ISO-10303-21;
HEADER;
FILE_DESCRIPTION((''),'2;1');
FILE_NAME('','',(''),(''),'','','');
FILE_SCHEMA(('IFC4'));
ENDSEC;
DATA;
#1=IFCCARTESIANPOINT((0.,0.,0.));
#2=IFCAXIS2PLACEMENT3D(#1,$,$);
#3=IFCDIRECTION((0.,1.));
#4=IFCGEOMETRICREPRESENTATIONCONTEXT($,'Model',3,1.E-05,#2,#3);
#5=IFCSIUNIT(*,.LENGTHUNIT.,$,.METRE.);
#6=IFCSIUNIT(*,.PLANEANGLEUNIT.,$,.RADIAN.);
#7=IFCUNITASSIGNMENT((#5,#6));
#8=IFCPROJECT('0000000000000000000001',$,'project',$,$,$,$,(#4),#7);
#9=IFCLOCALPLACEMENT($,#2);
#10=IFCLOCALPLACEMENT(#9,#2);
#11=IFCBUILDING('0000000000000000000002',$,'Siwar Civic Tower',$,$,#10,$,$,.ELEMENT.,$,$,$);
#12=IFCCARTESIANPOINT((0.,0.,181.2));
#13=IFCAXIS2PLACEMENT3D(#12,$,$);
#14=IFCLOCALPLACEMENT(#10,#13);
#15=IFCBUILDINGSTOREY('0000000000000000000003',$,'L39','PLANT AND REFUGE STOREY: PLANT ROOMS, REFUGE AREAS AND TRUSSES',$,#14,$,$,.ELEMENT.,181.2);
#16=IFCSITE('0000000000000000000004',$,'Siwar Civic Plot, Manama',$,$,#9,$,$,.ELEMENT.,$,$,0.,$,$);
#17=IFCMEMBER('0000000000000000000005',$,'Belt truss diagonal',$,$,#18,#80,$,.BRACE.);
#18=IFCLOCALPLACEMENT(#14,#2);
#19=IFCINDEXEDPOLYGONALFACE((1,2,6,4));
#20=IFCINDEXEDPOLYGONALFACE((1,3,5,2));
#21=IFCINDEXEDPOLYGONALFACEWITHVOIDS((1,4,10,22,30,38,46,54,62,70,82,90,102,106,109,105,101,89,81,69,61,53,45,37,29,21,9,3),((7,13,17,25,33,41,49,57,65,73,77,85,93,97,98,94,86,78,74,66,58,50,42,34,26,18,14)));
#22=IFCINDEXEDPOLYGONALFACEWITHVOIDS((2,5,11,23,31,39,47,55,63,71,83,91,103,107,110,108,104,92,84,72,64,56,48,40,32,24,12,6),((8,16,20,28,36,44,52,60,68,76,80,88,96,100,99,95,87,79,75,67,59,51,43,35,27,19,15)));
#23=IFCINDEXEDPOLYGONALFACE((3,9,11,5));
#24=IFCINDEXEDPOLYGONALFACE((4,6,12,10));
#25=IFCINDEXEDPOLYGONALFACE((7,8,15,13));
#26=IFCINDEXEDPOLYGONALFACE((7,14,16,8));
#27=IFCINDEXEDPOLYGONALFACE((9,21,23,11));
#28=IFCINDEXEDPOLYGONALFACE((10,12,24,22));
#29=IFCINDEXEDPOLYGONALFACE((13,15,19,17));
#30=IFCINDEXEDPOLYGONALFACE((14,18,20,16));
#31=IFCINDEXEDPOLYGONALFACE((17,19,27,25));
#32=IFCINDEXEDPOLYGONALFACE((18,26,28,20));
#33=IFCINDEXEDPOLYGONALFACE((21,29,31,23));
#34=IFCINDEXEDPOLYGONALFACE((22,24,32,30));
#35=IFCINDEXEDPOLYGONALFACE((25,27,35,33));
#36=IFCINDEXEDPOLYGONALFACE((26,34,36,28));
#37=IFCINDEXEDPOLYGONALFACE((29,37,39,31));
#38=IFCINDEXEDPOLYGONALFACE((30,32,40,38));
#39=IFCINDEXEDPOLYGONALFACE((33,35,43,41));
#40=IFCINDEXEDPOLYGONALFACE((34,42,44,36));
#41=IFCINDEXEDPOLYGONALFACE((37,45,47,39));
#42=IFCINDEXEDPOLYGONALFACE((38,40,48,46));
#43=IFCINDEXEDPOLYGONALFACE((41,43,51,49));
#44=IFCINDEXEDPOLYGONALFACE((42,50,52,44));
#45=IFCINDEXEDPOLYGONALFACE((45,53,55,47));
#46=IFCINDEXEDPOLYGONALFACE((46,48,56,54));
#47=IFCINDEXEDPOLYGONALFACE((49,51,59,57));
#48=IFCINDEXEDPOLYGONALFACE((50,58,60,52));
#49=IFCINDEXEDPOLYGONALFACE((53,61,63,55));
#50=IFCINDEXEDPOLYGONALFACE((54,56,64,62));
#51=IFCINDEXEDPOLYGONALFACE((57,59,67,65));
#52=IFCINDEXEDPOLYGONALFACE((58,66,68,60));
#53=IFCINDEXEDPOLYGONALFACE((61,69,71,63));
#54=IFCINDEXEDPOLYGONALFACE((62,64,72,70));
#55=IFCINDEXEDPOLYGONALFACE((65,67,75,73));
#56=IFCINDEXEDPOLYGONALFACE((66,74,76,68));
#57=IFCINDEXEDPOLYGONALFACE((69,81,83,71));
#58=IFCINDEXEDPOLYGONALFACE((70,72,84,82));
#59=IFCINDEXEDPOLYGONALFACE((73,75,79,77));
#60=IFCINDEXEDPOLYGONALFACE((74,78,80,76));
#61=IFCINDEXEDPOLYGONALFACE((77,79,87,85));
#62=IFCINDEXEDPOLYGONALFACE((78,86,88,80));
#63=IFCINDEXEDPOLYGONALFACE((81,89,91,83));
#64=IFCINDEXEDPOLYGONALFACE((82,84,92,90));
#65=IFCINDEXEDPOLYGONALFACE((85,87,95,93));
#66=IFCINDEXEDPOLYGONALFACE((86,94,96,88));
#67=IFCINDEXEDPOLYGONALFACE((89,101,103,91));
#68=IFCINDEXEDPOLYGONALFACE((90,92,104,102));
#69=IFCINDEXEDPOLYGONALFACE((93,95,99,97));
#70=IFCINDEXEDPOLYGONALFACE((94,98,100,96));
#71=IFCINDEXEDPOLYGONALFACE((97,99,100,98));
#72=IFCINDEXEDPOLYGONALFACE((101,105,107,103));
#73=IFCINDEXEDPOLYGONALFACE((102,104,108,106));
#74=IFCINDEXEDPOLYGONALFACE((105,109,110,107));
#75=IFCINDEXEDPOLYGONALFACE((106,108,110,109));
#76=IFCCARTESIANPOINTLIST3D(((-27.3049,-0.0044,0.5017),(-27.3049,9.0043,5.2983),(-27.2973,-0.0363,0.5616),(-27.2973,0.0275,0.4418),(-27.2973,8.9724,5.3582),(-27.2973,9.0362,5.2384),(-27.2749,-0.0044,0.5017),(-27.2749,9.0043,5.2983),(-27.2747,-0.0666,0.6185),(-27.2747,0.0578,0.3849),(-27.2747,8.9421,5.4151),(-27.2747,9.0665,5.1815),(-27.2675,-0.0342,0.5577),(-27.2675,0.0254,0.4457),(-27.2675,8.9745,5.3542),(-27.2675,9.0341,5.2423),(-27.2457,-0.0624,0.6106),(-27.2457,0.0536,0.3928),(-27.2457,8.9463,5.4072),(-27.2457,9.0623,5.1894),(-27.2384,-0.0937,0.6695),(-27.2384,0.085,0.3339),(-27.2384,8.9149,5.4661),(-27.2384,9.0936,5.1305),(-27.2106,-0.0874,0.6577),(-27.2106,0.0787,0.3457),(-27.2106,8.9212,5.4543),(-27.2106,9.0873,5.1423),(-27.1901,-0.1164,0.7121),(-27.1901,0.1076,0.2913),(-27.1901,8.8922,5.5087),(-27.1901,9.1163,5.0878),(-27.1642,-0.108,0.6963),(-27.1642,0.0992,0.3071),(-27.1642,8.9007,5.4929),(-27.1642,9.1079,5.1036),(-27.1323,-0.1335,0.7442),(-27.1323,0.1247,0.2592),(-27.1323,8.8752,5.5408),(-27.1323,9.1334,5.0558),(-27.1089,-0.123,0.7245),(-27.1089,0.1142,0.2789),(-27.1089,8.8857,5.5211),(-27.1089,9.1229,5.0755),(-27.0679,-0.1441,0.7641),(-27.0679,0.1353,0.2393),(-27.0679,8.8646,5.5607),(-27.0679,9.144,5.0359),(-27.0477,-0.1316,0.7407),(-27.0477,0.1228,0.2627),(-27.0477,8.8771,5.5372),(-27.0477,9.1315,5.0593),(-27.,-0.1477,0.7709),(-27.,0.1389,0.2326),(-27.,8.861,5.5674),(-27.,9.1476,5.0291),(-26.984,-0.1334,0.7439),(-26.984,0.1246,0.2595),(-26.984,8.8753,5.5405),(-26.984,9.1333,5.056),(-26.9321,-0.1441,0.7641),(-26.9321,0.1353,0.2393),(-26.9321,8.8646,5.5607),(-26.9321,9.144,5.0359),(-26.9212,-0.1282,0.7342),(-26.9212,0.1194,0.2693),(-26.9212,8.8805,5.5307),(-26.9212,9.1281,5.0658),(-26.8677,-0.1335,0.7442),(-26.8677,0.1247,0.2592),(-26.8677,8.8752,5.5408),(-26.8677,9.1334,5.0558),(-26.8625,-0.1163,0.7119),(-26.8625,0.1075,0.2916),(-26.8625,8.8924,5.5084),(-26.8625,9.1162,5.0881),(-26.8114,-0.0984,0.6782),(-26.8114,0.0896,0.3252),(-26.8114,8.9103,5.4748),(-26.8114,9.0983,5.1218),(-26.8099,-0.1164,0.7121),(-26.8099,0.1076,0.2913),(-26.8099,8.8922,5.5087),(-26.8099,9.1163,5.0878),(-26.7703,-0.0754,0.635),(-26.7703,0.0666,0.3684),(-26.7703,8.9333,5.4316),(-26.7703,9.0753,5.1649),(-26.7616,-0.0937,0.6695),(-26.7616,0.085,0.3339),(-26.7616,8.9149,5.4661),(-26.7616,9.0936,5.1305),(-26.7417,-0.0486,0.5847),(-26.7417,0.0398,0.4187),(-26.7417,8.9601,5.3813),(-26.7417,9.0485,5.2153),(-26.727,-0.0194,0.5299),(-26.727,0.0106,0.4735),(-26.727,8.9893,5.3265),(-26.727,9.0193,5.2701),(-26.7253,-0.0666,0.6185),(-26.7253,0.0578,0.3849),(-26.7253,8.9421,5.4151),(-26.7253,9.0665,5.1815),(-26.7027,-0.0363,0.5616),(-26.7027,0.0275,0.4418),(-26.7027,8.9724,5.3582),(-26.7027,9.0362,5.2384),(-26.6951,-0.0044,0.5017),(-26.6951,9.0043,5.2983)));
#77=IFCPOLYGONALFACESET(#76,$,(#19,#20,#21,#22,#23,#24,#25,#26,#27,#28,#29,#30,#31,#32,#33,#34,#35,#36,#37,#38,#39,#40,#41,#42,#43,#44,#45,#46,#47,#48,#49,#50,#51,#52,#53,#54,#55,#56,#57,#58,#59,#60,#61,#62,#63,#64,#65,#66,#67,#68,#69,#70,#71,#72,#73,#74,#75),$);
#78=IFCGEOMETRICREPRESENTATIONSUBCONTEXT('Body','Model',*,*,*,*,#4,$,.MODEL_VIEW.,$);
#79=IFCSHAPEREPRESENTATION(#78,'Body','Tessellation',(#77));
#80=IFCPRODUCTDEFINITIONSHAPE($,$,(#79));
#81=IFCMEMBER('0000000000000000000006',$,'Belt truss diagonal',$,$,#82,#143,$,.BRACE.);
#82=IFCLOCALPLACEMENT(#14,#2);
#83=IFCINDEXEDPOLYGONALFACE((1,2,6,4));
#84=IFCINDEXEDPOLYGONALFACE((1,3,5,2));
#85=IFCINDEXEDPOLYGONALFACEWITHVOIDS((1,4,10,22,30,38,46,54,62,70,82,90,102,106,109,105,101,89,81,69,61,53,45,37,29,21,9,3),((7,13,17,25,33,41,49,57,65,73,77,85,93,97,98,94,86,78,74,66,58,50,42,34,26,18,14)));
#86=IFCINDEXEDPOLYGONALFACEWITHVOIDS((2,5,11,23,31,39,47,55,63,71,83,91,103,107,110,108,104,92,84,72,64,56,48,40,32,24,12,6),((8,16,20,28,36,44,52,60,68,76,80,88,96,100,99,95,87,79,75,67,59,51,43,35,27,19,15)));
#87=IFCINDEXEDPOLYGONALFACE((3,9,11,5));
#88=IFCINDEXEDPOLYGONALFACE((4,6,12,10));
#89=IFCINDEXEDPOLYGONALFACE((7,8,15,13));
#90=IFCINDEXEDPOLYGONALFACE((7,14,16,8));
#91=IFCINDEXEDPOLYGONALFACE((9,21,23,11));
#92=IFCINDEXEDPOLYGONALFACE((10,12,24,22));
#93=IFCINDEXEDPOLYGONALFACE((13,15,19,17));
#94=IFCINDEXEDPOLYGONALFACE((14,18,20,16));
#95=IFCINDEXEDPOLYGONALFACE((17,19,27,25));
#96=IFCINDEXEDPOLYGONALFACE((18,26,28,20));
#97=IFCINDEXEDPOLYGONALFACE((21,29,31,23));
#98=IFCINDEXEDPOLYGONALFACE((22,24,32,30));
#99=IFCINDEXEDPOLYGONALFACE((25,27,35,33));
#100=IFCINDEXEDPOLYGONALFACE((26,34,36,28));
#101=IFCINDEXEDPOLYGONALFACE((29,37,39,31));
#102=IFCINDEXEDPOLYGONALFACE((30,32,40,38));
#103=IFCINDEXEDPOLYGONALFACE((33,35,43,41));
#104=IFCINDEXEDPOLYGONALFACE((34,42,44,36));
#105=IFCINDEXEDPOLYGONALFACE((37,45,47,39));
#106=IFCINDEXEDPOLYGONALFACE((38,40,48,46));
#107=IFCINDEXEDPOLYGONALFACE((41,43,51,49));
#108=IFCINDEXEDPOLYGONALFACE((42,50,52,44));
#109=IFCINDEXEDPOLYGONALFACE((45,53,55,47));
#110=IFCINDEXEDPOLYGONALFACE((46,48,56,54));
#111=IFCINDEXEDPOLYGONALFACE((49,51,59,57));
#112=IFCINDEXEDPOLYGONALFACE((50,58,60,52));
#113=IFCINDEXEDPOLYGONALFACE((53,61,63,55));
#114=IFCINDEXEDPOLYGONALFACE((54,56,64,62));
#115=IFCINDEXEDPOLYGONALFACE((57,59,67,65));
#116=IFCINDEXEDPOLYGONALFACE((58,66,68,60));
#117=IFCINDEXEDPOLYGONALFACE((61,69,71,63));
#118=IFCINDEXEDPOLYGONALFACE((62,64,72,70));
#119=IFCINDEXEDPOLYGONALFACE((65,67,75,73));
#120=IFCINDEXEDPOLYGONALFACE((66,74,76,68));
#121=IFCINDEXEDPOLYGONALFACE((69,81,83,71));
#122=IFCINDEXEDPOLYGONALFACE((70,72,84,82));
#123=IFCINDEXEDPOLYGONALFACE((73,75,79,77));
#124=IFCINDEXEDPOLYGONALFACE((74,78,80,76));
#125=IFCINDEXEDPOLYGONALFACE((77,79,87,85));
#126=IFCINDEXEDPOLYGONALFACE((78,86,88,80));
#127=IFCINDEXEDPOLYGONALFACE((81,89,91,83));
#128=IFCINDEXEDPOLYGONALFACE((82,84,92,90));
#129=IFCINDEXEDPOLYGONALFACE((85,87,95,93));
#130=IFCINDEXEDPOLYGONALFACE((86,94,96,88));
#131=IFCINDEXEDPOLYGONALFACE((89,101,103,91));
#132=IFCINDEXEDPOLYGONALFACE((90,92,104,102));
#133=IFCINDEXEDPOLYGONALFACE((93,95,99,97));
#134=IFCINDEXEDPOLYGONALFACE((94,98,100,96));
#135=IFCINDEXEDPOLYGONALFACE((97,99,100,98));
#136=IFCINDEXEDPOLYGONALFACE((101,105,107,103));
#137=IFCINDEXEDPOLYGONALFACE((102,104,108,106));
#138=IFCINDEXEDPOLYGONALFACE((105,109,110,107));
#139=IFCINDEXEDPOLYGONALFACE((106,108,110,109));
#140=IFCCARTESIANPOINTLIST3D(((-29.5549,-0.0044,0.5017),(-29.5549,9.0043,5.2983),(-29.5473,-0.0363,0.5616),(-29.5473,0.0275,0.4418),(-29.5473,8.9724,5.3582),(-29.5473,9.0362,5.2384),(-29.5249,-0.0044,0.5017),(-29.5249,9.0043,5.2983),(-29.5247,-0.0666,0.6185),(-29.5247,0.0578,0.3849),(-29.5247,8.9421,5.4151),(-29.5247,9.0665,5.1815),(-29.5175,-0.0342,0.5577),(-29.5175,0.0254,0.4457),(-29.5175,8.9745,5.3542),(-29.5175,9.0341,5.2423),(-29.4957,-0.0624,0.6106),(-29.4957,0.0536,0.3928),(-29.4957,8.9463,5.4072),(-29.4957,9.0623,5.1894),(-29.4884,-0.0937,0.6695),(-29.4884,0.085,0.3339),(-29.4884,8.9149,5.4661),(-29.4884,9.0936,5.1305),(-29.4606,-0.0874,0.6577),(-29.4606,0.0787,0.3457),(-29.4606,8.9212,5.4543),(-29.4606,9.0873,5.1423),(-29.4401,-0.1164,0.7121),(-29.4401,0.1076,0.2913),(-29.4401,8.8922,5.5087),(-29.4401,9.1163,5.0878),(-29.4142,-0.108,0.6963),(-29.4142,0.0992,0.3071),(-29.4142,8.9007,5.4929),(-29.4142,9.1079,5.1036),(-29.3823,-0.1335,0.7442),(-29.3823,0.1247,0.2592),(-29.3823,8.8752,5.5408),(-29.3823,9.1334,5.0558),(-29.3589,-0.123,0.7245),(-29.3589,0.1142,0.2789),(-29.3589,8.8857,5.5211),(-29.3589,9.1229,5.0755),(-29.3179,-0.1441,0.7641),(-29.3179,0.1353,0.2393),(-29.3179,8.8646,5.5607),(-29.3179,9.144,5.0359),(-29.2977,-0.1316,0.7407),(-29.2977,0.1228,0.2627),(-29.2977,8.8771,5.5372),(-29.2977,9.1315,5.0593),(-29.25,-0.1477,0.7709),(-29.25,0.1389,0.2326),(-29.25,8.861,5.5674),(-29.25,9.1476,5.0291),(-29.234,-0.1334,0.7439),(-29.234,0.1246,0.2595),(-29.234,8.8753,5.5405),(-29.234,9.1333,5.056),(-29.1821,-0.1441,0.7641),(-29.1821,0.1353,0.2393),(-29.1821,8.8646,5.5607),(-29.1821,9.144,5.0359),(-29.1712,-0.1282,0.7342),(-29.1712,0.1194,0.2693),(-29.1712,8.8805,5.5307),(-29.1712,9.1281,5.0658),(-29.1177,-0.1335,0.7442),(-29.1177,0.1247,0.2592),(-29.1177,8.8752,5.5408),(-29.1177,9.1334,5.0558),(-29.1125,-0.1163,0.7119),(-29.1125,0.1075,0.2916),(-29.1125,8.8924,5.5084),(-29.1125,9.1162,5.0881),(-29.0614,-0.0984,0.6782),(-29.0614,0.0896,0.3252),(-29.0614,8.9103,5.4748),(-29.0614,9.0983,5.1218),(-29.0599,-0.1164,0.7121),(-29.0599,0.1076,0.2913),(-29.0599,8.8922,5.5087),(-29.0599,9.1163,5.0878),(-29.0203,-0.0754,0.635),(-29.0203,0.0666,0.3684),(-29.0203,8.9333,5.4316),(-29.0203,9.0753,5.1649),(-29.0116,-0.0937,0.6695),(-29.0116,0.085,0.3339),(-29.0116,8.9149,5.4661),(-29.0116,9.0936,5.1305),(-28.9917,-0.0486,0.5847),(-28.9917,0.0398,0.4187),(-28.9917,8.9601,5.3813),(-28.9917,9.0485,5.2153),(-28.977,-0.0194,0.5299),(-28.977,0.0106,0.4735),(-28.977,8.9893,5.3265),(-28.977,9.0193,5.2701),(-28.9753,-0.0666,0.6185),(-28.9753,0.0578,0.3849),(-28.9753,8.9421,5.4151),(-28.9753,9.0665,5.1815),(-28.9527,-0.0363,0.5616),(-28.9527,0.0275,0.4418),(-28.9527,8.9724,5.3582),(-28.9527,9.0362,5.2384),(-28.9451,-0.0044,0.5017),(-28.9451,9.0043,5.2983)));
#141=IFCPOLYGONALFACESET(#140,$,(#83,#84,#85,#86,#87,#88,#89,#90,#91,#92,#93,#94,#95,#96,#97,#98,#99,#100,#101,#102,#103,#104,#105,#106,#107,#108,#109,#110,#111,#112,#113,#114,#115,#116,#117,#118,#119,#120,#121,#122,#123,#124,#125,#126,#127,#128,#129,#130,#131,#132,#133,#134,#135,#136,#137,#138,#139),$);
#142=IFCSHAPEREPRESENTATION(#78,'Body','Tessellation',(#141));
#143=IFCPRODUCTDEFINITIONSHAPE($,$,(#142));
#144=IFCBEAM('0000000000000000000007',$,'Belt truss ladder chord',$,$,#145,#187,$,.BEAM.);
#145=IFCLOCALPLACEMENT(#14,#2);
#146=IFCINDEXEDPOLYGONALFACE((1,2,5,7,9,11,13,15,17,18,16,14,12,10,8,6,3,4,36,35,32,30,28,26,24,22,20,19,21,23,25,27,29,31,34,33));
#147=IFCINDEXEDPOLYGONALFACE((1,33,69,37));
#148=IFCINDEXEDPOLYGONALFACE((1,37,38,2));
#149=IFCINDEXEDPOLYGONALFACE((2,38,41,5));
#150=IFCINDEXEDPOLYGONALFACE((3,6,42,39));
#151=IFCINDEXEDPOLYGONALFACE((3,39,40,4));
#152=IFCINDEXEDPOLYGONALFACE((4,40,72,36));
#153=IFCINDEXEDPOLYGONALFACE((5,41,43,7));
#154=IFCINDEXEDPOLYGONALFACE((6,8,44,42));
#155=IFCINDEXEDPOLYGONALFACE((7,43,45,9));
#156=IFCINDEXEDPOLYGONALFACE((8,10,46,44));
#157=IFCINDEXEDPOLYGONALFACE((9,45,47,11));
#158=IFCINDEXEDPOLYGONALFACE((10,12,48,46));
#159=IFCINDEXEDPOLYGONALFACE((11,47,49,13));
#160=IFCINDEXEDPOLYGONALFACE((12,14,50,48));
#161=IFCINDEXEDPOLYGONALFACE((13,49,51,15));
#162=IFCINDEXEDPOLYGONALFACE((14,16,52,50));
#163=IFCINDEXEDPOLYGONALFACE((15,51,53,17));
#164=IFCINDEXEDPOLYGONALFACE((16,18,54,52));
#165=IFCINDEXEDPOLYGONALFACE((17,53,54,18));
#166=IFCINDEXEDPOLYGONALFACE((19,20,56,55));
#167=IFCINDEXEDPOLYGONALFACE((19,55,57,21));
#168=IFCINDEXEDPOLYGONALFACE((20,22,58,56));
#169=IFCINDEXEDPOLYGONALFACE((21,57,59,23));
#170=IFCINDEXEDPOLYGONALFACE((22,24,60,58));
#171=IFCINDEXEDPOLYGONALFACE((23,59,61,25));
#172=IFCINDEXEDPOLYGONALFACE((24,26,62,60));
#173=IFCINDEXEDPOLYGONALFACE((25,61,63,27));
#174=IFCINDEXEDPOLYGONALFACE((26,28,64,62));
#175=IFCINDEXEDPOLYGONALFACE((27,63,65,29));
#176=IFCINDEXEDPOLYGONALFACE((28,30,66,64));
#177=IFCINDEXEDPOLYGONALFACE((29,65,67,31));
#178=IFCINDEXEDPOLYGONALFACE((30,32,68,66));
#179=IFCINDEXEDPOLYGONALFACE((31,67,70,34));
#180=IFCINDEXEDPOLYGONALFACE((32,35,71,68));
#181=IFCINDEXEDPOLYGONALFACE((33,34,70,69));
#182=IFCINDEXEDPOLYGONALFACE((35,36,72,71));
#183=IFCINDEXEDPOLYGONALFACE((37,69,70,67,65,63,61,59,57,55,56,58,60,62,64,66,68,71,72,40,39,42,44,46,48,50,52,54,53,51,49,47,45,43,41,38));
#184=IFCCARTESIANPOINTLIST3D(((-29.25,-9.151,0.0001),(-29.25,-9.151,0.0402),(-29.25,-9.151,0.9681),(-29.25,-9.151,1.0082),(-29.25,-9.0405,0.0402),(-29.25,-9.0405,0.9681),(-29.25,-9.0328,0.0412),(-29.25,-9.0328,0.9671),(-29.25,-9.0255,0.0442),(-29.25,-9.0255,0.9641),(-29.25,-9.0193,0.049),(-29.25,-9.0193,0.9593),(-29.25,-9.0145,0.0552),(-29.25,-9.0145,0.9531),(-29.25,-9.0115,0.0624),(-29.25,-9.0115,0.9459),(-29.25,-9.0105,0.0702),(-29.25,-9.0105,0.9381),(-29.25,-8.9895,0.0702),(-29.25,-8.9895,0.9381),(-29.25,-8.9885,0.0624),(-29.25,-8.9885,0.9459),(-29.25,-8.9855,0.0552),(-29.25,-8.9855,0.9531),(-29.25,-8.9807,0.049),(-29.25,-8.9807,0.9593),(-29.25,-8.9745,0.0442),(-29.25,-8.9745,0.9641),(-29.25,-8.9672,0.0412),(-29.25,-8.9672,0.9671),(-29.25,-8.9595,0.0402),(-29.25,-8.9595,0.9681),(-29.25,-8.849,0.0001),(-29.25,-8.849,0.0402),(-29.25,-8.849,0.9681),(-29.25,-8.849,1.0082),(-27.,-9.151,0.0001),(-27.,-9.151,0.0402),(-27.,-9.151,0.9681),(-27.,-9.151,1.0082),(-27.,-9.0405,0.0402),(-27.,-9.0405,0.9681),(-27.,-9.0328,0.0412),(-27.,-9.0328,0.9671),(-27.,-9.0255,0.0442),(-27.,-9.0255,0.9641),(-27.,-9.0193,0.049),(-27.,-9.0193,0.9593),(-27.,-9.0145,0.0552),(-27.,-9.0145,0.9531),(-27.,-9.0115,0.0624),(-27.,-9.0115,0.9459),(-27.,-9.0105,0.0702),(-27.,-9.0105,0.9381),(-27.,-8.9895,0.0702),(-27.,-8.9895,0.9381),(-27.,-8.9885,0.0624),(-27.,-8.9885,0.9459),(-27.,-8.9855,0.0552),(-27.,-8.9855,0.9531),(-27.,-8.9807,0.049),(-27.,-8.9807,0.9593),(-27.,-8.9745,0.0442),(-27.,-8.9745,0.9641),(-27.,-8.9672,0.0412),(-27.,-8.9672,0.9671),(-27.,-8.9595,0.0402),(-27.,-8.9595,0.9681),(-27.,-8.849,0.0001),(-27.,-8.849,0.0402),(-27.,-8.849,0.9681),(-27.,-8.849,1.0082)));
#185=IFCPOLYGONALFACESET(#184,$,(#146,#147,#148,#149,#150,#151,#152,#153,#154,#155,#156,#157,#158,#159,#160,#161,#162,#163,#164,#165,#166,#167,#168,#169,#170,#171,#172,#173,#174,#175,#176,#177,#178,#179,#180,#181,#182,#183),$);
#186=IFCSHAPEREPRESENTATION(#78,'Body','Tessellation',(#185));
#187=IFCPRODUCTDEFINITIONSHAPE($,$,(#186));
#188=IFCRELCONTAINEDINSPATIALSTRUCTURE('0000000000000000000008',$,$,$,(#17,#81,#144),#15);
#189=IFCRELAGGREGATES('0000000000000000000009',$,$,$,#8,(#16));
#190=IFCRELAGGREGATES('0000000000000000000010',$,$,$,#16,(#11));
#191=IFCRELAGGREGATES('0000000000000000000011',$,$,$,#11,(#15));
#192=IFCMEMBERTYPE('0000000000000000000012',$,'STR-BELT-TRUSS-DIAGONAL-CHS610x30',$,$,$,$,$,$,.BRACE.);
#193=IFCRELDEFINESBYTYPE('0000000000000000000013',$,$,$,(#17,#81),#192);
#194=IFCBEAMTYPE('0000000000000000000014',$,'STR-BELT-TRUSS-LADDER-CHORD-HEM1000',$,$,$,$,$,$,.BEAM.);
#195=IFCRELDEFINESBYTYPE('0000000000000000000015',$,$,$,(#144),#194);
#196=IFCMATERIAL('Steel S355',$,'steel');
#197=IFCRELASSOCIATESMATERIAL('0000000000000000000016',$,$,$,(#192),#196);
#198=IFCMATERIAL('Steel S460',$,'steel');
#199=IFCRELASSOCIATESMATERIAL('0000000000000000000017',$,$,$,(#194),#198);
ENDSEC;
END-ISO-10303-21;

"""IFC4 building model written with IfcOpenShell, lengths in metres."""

from ifc_helpers import new_model, si_unit, direction, frame, origin, origin_2d, place, context, subcontext, project, spatial, hollow_circle, i_section, extrude, material, material_profile, profile_set, type_object, element, save


model = new_model("IFC4")

# Units and contexts
model_context = context("Model", 3, precision=1e-05, world=origin(), true_north=direction((0.0, 1.0)))
body_context = subcontext(model_context, "Body", "Model", "MODEL_VIEW")
ifc_project = project(units=[si_unit("LENGTHUNIT", "METRE"), si_unit("PLANEANGLEUNIT", "RADIAN")], contexts=[model_context])

# Site, building, storey
site_placement = place(None, origin())
site = spatial("IfcSite", under=ifc_project, at=site_placement, Name="Siwar Civic Plot, Manama", CompositionType="ELEMENT", RefElevation=0.0)
building_placement = place(site_placement, origin())
building = spatial("IfcBuilding", under=site, at=building_placement, Name="Siwar Civic Tower", CompositionType="ELEMENT")
storey_placement = place(building_placement, frame((0.0, 0.0, 181.2)))
storey = spatial("IfcBuildingStorey", under=building, at=storey_placement, Name="L39", Description="PLANT AND REFUGE STOREY: PLANT ROOMS, REFUGE AREAS AND TRUSSES", CompositionType="ELEMENT", Elevation=181.2)

# Members
ifc_material_1 = material(Name="Steel S355", Category="steel")
ifc_material_profile_1 = material_profile(ifc_material_1, hollow_circle(Radius=0.3049, WallThickness=0.03, at=origin_2d()), Name="CHS610x30")
ifc_profile_set_1 = profile_set([ifc_material_profile_1], Name="Steel S355")
member_type_1 = type_object("IfcMemberType", Name="STR-BELT-TRUSS-DIAGONAL-CHS610x30", PredefinedType="BRACE", material=ifc_profile_set_1)
for number, where, z_axis, x_axis, name in (
    (1, (-27.0, -0.0044, 0.5017), (0.0, 0.882681, 0.469974), (-1.0, 0.0, 0.0), "Belt truss diagonal"),
    (2, (-29.25, -0.0044, 0.5017), (0.0, 0.882681, 0.469974), (-1.0, 0.0, 0.0), "Belt truss diagonal"),
):
    element("IfcMember", number, at=place(storey_placement, frame(where, z_axis=z_axis, x_axis=x_axis)), inside=storey, type_object=member_type_1, Name=name, PredefinedType="BRACE", context=body_context, shape_type="SweptSolid", body=[
        extrude(hollow_circle(Radius=0.3049, WallThickness=0.03, at=origin_2d()), origin(), (0.0, 0.0, 1.0), 10.2061),
    ])

# Beam
ifc_material_2 = material(Name="Steel S460", Category="steel")
ifc_material_profile_2 = material_profile(ifc_material_2, i_section(OverallWidth=0.302, OverallDepth=1.0081, WebThickness=0.021, FlangeThickness=0.04, FilletRadius=0.03, at=origin_2d()), Name="HEM1000")
ifc_profile_set_2 = profile_set([ifc_material_profile_2], Name="Steel S460")
beam_type_1 = type_object("IfcBeamType", Name="STR-BELT-TRUSS-LADDER-CHORD-HEM1000", PredefinedType="BEAM", material=ifc_profile_set_2)
for number, where, z_axis, x_axis, name in (
    (3, (-27.0, -9.0, 0.5042), (-1.0, 0.0, 0.0), (0.0, -1.0, 0.0), "Belt truss ladder chord"),
):
    element("IfcBeam", number, at=place(storey_placement, frame(where, z_axis=z_axis, x_axis=x_axis)), inside=storey, type_object=beam_type_1, Name=name, PredefinedType="BEAM", context=body_context, shape_type="SweptSolid", body=[
        extrude(i_section(OverallWidth=0.302, OverallDepth=1.0081, WebThickness=0.021, FlangeThickness=0.04, FilletRadius=0.03, at=origin_2d()), origin(), (0.0, 0.0, 1.0), 2.25),
    ])

save(model, "model.ifc")
